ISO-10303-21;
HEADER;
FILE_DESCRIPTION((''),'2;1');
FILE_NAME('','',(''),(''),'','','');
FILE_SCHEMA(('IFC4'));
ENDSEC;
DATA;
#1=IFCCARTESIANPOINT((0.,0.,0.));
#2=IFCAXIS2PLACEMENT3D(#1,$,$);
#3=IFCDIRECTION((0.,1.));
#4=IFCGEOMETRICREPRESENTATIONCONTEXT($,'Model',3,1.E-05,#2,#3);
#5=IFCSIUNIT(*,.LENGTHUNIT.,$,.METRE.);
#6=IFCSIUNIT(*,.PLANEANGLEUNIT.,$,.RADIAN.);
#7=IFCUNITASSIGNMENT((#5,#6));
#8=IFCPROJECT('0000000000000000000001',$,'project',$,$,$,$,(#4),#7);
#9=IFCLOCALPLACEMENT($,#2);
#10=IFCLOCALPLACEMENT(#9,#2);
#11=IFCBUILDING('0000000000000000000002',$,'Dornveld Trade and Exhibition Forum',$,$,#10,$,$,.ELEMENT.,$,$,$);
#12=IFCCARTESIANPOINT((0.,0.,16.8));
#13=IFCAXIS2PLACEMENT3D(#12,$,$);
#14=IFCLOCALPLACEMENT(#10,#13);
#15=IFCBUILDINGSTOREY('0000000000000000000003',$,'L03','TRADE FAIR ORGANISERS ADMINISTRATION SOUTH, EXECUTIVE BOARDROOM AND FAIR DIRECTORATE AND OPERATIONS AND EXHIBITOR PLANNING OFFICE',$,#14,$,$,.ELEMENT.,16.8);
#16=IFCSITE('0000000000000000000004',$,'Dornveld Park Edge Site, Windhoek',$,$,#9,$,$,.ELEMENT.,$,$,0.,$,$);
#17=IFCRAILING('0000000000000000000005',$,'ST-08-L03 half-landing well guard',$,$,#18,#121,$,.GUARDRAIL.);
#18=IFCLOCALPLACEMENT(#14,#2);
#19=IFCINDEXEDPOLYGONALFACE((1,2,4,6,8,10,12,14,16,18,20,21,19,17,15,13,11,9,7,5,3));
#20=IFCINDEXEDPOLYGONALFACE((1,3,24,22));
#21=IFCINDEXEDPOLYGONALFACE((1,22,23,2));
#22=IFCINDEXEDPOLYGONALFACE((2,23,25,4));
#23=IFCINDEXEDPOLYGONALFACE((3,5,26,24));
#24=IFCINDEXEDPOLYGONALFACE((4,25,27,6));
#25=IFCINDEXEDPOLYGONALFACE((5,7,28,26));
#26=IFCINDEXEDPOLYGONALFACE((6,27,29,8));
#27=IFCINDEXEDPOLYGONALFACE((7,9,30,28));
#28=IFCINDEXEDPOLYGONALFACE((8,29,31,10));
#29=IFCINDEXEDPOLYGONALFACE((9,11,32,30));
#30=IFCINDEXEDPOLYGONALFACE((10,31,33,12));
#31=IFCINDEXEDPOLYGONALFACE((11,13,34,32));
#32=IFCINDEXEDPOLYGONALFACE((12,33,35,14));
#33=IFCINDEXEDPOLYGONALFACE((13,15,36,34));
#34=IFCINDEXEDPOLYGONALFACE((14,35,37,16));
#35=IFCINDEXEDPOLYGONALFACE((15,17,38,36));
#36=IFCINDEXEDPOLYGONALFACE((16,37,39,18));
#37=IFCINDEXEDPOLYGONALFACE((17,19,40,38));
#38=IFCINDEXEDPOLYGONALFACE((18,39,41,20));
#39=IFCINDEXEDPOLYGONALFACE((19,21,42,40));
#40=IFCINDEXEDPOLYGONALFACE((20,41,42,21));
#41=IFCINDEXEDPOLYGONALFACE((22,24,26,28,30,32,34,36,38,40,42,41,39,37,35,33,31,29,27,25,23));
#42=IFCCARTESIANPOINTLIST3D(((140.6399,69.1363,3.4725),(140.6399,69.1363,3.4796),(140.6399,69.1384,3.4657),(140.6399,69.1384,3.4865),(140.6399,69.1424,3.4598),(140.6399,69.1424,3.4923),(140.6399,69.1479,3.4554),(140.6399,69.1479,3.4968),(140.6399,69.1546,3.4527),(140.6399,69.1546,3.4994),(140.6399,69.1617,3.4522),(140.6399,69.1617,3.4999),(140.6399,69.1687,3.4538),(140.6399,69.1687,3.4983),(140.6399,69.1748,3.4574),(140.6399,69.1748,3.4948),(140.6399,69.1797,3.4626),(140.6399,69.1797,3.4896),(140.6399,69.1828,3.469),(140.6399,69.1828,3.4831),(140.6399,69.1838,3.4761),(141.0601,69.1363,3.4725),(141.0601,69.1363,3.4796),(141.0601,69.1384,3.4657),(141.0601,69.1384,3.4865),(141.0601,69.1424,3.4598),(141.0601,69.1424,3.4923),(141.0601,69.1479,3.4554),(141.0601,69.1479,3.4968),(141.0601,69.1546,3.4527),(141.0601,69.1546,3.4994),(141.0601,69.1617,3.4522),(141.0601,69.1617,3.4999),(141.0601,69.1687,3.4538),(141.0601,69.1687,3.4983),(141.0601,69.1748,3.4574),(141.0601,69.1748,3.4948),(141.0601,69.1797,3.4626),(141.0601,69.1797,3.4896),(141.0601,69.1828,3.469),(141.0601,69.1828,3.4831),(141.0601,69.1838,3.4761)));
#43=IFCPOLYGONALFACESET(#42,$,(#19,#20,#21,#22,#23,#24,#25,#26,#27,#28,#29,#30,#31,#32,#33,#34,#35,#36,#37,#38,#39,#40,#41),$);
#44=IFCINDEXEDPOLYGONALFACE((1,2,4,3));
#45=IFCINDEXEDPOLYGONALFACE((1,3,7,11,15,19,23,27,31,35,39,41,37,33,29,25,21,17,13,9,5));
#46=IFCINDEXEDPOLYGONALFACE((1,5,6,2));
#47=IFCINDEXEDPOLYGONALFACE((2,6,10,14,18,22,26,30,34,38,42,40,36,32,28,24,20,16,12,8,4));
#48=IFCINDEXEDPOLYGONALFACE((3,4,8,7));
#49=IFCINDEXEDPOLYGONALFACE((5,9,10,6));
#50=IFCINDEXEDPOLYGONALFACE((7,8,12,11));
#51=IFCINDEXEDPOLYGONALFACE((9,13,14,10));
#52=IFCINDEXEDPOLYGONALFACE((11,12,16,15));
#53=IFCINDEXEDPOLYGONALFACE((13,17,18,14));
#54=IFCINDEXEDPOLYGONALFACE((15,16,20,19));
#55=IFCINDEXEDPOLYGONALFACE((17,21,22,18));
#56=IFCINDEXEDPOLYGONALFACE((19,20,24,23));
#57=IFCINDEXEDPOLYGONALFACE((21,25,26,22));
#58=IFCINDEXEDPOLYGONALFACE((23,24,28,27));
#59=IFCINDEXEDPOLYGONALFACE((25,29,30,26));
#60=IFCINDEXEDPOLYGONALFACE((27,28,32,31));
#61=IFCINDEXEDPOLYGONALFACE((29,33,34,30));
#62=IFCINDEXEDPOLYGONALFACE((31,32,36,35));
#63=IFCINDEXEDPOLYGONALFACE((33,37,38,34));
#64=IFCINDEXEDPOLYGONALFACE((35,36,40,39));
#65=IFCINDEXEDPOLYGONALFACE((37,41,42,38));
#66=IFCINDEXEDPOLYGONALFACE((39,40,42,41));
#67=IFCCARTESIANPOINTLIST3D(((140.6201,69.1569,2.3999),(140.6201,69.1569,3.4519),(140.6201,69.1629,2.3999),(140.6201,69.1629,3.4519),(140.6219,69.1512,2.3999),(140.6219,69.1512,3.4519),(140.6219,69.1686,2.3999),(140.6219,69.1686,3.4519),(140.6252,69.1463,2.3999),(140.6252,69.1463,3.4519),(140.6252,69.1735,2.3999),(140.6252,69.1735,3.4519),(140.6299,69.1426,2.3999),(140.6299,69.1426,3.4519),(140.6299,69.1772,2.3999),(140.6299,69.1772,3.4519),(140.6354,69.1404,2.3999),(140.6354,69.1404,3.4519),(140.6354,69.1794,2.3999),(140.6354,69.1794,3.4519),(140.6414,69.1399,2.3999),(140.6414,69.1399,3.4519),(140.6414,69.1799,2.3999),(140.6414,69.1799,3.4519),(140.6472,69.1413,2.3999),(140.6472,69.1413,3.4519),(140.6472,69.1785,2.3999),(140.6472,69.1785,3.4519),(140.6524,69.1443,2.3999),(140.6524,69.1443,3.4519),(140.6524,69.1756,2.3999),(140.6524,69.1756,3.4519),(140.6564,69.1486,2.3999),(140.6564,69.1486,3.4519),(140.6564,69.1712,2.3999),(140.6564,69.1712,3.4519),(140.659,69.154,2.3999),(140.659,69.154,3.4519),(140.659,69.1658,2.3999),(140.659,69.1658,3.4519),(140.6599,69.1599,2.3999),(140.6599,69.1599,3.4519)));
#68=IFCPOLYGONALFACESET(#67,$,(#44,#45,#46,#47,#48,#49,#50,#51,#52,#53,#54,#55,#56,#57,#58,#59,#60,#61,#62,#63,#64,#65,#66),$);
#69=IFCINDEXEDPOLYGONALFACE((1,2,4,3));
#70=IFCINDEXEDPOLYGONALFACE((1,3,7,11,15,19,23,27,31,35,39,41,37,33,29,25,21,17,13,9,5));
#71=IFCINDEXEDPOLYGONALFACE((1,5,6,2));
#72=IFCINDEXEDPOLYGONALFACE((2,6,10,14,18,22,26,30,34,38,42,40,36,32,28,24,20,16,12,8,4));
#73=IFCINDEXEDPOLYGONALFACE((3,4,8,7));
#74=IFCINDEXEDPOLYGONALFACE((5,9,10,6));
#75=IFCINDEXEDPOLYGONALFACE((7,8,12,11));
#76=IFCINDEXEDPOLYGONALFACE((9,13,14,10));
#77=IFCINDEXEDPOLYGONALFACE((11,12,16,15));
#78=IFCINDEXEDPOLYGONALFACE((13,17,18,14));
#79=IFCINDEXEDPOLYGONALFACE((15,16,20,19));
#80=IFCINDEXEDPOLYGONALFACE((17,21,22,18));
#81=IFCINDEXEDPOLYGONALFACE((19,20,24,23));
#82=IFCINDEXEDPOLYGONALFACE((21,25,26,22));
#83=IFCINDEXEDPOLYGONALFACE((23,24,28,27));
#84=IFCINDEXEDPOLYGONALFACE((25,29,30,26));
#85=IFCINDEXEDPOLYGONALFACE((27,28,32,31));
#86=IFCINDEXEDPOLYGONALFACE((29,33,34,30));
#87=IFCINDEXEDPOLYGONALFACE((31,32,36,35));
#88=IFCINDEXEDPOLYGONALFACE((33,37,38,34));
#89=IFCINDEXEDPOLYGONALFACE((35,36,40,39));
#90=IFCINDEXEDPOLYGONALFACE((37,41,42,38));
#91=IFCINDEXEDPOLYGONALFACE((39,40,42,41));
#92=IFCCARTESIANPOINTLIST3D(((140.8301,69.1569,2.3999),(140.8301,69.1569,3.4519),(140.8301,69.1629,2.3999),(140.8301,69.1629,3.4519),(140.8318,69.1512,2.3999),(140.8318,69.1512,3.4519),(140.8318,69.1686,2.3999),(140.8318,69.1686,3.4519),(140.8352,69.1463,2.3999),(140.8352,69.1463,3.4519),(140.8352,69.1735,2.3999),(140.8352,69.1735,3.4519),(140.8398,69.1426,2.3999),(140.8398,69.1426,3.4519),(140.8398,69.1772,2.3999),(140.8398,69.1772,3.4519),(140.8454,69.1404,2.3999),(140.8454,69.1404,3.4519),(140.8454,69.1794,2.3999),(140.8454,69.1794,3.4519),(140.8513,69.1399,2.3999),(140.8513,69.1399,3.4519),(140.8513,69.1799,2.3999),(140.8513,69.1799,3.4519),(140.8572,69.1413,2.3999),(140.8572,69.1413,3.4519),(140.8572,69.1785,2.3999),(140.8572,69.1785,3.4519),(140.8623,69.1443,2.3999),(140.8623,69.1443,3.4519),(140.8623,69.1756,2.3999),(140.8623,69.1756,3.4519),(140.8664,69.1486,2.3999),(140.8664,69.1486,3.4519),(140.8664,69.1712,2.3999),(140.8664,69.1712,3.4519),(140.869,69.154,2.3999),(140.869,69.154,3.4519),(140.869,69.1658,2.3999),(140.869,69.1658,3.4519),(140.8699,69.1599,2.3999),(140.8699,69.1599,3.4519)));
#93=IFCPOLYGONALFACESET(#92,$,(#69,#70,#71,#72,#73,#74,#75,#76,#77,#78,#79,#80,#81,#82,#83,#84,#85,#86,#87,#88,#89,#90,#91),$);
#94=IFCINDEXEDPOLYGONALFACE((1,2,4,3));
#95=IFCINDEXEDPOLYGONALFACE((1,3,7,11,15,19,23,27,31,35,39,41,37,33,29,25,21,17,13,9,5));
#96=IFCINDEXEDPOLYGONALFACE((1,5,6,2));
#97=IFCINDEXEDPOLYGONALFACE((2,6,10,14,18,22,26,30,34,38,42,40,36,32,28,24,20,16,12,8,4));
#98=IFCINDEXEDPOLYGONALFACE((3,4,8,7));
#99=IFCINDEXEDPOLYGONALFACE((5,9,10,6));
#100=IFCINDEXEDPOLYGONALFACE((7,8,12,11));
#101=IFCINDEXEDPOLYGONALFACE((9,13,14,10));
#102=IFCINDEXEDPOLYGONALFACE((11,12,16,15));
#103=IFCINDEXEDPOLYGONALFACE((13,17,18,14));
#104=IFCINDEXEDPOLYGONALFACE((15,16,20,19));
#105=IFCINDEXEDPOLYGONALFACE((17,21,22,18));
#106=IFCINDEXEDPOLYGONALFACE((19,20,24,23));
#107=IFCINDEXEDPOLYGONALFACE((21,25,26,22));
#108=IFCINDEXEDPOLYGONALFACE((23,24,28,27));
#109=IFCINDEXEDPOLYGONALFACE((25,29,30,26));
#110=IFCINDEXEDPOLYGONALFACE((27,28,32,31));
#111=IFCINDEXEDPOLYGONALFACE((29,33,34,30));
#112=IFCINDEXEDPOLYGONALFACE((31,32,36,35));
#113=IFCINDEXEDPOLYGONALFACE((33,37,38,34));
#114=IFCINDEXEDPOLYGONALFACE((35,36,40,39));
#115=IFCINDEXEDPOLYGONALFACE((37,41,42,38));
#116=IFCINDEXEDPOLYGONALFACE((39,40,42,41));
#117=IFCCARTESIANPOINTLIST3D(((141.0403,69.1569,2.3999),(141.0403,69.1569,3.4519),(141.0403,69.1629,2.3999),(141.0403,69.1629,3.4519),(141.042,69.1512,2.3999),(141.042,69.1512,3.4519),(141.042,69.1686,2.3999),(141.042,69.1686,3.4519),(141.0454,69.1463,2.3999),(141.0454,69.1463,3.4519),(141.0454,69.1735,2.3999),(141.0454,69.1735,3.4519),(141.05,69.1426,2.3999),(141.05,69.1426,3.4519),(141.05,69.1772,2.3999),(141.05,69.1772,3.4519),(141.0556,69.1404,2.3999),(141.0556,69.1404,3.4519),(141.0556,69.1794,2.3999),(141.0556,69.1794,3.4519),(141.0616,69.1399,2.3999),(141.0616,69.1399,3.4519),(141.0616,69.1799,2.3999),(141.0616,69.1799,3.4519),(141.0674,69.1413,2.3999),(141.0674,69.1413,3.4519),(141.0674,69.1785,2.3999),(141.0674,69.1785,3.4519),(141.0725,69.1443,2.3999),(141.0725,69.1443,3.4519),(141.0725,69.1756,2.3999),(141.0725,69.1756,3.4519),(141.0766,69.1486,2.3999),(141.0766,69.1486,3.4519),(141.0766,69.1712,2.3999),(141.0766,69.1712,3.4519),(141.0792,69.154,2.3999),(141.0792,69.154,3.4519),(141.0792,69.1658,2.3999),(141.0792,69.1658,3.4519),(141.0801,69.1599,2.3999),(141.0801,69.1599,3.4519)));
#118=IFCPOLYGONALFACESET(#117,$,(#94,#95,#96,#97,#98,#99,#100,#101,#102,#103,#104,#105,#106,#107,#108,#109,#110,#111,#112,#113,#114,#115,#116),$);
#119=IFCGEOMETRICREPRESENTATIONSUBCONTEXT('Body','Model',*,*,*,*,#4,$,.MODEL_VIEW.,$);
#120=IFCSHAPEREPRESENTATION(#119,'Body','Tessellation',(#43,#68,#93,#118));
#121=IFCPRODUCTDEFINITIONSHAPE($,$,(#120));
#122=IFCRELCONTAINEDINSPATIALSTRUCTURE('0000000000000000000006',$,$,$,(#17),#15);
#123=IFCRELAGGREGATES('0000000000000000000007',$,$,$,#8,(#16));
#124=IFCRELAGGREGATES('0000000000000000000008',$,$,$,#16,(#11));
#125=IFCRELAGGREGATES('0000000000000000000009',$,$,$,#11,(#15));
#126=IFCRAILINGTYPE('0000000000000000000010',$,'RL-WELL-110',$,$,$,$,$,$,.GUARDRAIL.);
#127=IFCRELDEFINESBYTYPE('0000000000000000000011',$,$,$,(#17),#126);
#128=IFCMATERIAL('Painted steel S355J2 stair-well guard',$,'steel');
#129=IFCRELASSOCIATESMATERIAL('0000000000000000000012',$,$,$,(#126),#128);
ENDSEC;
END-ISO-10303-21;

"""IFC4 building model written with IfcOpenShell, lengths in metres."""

from ifc_helpers import new_model, si_unit, direction, frame, origin, origin_2d, place, context, subcontext, project, spatial, circle, extrude, material, type_object, element, save


model = new_model("IFC4")

# Units and contexts
model_context = context("Model", 3, precision=1e-05, world=origin(), true_north=direction((0.0, 1.0)))
body_context = subcontext(model_context, "Body", "Model", "MODEL_VIEW")
ifc_project = project(units=[si_unit("LENGTHUNIT", "METRE"), si_unit("PLANEANGLEUNIT", "RADIAN")], contexts=[model_context])

# Site, building, storey
site_placement = place(None, origin())
site = spatial("IfcSite", under=ifc_project, at=site_placement, Name="Dornveld Park Edge Site, Windhoek", CompositionType="ELEMENT", RefElevation=0.0)
building_placement = place(site_placement, origin())
building = spatial("IfcBuilding", under=site, at=building_placement, Name="Dornveld Trade and Exhibition Forum", CompositionType="ELEMENT")
storey_placement = place(building_placement, frame((0.0, 0.0, 16.8)))
storey = spatial("IfcBuildingStorey", under=building, at=storey_placement, Name="L03", Description="TRADE FAIR ORGANISERS ADMINISTRATION SOUTH, EXECUTIVE BOARDROOM AND FAIR DIRECTORATE AND OPERATIONS AND EXHIBITOR PLANNING OFFICE", CompositionType="ELEMENT", Elevation=16.8)

# Railing
ifc_material_1 = material(Name="Painted steel S355J2 stair-well guard", Category="steel")
railing_type_1 = type_object("IfcRailingType", Name="RL-WELL-110", PredefinedType="GUARDRAIL", material=ifc_material_1)
railing_1_placement = place(storey_placement, frame((140.6399, 69.1599, 2.3999)))
element("IfcRailing", 1, at=railing_1_placement, inside=storey, type_object=railing_type_1, Name="ST-08-L03 half-landing well guard", PredefinedType="GUARDRAIL", context=body_context, shape_type="SweptSolid", body=[
    extrude(circle(Radius=0.0239, at=origin_2d()), frame((0.0, 0.0, 1.0762), z_axis=(1.0, 0.0, 0.0), x_axis=(0.0, 1.0, 0.0)), (0.0, 0.0, 1.0), 0.4202),
    extrude(circle(Radius=0.02, at=origin_2d()), origin(), (0.0, 0.0, 1.0), 1.052),
    extrude(circle(Radius=0.02, at=origin_2d()), frame((0.21, 0.0, 0.0)), (0.0, 0.0, 1.0), 1.052),
    extrude(circle(Radius=0.02, at=origin_2d()), frame((0.4202, 0.0, 0.0)), (0.0, 0.0, 1.0), 1.052),
])

save(model, "model.ifc")
